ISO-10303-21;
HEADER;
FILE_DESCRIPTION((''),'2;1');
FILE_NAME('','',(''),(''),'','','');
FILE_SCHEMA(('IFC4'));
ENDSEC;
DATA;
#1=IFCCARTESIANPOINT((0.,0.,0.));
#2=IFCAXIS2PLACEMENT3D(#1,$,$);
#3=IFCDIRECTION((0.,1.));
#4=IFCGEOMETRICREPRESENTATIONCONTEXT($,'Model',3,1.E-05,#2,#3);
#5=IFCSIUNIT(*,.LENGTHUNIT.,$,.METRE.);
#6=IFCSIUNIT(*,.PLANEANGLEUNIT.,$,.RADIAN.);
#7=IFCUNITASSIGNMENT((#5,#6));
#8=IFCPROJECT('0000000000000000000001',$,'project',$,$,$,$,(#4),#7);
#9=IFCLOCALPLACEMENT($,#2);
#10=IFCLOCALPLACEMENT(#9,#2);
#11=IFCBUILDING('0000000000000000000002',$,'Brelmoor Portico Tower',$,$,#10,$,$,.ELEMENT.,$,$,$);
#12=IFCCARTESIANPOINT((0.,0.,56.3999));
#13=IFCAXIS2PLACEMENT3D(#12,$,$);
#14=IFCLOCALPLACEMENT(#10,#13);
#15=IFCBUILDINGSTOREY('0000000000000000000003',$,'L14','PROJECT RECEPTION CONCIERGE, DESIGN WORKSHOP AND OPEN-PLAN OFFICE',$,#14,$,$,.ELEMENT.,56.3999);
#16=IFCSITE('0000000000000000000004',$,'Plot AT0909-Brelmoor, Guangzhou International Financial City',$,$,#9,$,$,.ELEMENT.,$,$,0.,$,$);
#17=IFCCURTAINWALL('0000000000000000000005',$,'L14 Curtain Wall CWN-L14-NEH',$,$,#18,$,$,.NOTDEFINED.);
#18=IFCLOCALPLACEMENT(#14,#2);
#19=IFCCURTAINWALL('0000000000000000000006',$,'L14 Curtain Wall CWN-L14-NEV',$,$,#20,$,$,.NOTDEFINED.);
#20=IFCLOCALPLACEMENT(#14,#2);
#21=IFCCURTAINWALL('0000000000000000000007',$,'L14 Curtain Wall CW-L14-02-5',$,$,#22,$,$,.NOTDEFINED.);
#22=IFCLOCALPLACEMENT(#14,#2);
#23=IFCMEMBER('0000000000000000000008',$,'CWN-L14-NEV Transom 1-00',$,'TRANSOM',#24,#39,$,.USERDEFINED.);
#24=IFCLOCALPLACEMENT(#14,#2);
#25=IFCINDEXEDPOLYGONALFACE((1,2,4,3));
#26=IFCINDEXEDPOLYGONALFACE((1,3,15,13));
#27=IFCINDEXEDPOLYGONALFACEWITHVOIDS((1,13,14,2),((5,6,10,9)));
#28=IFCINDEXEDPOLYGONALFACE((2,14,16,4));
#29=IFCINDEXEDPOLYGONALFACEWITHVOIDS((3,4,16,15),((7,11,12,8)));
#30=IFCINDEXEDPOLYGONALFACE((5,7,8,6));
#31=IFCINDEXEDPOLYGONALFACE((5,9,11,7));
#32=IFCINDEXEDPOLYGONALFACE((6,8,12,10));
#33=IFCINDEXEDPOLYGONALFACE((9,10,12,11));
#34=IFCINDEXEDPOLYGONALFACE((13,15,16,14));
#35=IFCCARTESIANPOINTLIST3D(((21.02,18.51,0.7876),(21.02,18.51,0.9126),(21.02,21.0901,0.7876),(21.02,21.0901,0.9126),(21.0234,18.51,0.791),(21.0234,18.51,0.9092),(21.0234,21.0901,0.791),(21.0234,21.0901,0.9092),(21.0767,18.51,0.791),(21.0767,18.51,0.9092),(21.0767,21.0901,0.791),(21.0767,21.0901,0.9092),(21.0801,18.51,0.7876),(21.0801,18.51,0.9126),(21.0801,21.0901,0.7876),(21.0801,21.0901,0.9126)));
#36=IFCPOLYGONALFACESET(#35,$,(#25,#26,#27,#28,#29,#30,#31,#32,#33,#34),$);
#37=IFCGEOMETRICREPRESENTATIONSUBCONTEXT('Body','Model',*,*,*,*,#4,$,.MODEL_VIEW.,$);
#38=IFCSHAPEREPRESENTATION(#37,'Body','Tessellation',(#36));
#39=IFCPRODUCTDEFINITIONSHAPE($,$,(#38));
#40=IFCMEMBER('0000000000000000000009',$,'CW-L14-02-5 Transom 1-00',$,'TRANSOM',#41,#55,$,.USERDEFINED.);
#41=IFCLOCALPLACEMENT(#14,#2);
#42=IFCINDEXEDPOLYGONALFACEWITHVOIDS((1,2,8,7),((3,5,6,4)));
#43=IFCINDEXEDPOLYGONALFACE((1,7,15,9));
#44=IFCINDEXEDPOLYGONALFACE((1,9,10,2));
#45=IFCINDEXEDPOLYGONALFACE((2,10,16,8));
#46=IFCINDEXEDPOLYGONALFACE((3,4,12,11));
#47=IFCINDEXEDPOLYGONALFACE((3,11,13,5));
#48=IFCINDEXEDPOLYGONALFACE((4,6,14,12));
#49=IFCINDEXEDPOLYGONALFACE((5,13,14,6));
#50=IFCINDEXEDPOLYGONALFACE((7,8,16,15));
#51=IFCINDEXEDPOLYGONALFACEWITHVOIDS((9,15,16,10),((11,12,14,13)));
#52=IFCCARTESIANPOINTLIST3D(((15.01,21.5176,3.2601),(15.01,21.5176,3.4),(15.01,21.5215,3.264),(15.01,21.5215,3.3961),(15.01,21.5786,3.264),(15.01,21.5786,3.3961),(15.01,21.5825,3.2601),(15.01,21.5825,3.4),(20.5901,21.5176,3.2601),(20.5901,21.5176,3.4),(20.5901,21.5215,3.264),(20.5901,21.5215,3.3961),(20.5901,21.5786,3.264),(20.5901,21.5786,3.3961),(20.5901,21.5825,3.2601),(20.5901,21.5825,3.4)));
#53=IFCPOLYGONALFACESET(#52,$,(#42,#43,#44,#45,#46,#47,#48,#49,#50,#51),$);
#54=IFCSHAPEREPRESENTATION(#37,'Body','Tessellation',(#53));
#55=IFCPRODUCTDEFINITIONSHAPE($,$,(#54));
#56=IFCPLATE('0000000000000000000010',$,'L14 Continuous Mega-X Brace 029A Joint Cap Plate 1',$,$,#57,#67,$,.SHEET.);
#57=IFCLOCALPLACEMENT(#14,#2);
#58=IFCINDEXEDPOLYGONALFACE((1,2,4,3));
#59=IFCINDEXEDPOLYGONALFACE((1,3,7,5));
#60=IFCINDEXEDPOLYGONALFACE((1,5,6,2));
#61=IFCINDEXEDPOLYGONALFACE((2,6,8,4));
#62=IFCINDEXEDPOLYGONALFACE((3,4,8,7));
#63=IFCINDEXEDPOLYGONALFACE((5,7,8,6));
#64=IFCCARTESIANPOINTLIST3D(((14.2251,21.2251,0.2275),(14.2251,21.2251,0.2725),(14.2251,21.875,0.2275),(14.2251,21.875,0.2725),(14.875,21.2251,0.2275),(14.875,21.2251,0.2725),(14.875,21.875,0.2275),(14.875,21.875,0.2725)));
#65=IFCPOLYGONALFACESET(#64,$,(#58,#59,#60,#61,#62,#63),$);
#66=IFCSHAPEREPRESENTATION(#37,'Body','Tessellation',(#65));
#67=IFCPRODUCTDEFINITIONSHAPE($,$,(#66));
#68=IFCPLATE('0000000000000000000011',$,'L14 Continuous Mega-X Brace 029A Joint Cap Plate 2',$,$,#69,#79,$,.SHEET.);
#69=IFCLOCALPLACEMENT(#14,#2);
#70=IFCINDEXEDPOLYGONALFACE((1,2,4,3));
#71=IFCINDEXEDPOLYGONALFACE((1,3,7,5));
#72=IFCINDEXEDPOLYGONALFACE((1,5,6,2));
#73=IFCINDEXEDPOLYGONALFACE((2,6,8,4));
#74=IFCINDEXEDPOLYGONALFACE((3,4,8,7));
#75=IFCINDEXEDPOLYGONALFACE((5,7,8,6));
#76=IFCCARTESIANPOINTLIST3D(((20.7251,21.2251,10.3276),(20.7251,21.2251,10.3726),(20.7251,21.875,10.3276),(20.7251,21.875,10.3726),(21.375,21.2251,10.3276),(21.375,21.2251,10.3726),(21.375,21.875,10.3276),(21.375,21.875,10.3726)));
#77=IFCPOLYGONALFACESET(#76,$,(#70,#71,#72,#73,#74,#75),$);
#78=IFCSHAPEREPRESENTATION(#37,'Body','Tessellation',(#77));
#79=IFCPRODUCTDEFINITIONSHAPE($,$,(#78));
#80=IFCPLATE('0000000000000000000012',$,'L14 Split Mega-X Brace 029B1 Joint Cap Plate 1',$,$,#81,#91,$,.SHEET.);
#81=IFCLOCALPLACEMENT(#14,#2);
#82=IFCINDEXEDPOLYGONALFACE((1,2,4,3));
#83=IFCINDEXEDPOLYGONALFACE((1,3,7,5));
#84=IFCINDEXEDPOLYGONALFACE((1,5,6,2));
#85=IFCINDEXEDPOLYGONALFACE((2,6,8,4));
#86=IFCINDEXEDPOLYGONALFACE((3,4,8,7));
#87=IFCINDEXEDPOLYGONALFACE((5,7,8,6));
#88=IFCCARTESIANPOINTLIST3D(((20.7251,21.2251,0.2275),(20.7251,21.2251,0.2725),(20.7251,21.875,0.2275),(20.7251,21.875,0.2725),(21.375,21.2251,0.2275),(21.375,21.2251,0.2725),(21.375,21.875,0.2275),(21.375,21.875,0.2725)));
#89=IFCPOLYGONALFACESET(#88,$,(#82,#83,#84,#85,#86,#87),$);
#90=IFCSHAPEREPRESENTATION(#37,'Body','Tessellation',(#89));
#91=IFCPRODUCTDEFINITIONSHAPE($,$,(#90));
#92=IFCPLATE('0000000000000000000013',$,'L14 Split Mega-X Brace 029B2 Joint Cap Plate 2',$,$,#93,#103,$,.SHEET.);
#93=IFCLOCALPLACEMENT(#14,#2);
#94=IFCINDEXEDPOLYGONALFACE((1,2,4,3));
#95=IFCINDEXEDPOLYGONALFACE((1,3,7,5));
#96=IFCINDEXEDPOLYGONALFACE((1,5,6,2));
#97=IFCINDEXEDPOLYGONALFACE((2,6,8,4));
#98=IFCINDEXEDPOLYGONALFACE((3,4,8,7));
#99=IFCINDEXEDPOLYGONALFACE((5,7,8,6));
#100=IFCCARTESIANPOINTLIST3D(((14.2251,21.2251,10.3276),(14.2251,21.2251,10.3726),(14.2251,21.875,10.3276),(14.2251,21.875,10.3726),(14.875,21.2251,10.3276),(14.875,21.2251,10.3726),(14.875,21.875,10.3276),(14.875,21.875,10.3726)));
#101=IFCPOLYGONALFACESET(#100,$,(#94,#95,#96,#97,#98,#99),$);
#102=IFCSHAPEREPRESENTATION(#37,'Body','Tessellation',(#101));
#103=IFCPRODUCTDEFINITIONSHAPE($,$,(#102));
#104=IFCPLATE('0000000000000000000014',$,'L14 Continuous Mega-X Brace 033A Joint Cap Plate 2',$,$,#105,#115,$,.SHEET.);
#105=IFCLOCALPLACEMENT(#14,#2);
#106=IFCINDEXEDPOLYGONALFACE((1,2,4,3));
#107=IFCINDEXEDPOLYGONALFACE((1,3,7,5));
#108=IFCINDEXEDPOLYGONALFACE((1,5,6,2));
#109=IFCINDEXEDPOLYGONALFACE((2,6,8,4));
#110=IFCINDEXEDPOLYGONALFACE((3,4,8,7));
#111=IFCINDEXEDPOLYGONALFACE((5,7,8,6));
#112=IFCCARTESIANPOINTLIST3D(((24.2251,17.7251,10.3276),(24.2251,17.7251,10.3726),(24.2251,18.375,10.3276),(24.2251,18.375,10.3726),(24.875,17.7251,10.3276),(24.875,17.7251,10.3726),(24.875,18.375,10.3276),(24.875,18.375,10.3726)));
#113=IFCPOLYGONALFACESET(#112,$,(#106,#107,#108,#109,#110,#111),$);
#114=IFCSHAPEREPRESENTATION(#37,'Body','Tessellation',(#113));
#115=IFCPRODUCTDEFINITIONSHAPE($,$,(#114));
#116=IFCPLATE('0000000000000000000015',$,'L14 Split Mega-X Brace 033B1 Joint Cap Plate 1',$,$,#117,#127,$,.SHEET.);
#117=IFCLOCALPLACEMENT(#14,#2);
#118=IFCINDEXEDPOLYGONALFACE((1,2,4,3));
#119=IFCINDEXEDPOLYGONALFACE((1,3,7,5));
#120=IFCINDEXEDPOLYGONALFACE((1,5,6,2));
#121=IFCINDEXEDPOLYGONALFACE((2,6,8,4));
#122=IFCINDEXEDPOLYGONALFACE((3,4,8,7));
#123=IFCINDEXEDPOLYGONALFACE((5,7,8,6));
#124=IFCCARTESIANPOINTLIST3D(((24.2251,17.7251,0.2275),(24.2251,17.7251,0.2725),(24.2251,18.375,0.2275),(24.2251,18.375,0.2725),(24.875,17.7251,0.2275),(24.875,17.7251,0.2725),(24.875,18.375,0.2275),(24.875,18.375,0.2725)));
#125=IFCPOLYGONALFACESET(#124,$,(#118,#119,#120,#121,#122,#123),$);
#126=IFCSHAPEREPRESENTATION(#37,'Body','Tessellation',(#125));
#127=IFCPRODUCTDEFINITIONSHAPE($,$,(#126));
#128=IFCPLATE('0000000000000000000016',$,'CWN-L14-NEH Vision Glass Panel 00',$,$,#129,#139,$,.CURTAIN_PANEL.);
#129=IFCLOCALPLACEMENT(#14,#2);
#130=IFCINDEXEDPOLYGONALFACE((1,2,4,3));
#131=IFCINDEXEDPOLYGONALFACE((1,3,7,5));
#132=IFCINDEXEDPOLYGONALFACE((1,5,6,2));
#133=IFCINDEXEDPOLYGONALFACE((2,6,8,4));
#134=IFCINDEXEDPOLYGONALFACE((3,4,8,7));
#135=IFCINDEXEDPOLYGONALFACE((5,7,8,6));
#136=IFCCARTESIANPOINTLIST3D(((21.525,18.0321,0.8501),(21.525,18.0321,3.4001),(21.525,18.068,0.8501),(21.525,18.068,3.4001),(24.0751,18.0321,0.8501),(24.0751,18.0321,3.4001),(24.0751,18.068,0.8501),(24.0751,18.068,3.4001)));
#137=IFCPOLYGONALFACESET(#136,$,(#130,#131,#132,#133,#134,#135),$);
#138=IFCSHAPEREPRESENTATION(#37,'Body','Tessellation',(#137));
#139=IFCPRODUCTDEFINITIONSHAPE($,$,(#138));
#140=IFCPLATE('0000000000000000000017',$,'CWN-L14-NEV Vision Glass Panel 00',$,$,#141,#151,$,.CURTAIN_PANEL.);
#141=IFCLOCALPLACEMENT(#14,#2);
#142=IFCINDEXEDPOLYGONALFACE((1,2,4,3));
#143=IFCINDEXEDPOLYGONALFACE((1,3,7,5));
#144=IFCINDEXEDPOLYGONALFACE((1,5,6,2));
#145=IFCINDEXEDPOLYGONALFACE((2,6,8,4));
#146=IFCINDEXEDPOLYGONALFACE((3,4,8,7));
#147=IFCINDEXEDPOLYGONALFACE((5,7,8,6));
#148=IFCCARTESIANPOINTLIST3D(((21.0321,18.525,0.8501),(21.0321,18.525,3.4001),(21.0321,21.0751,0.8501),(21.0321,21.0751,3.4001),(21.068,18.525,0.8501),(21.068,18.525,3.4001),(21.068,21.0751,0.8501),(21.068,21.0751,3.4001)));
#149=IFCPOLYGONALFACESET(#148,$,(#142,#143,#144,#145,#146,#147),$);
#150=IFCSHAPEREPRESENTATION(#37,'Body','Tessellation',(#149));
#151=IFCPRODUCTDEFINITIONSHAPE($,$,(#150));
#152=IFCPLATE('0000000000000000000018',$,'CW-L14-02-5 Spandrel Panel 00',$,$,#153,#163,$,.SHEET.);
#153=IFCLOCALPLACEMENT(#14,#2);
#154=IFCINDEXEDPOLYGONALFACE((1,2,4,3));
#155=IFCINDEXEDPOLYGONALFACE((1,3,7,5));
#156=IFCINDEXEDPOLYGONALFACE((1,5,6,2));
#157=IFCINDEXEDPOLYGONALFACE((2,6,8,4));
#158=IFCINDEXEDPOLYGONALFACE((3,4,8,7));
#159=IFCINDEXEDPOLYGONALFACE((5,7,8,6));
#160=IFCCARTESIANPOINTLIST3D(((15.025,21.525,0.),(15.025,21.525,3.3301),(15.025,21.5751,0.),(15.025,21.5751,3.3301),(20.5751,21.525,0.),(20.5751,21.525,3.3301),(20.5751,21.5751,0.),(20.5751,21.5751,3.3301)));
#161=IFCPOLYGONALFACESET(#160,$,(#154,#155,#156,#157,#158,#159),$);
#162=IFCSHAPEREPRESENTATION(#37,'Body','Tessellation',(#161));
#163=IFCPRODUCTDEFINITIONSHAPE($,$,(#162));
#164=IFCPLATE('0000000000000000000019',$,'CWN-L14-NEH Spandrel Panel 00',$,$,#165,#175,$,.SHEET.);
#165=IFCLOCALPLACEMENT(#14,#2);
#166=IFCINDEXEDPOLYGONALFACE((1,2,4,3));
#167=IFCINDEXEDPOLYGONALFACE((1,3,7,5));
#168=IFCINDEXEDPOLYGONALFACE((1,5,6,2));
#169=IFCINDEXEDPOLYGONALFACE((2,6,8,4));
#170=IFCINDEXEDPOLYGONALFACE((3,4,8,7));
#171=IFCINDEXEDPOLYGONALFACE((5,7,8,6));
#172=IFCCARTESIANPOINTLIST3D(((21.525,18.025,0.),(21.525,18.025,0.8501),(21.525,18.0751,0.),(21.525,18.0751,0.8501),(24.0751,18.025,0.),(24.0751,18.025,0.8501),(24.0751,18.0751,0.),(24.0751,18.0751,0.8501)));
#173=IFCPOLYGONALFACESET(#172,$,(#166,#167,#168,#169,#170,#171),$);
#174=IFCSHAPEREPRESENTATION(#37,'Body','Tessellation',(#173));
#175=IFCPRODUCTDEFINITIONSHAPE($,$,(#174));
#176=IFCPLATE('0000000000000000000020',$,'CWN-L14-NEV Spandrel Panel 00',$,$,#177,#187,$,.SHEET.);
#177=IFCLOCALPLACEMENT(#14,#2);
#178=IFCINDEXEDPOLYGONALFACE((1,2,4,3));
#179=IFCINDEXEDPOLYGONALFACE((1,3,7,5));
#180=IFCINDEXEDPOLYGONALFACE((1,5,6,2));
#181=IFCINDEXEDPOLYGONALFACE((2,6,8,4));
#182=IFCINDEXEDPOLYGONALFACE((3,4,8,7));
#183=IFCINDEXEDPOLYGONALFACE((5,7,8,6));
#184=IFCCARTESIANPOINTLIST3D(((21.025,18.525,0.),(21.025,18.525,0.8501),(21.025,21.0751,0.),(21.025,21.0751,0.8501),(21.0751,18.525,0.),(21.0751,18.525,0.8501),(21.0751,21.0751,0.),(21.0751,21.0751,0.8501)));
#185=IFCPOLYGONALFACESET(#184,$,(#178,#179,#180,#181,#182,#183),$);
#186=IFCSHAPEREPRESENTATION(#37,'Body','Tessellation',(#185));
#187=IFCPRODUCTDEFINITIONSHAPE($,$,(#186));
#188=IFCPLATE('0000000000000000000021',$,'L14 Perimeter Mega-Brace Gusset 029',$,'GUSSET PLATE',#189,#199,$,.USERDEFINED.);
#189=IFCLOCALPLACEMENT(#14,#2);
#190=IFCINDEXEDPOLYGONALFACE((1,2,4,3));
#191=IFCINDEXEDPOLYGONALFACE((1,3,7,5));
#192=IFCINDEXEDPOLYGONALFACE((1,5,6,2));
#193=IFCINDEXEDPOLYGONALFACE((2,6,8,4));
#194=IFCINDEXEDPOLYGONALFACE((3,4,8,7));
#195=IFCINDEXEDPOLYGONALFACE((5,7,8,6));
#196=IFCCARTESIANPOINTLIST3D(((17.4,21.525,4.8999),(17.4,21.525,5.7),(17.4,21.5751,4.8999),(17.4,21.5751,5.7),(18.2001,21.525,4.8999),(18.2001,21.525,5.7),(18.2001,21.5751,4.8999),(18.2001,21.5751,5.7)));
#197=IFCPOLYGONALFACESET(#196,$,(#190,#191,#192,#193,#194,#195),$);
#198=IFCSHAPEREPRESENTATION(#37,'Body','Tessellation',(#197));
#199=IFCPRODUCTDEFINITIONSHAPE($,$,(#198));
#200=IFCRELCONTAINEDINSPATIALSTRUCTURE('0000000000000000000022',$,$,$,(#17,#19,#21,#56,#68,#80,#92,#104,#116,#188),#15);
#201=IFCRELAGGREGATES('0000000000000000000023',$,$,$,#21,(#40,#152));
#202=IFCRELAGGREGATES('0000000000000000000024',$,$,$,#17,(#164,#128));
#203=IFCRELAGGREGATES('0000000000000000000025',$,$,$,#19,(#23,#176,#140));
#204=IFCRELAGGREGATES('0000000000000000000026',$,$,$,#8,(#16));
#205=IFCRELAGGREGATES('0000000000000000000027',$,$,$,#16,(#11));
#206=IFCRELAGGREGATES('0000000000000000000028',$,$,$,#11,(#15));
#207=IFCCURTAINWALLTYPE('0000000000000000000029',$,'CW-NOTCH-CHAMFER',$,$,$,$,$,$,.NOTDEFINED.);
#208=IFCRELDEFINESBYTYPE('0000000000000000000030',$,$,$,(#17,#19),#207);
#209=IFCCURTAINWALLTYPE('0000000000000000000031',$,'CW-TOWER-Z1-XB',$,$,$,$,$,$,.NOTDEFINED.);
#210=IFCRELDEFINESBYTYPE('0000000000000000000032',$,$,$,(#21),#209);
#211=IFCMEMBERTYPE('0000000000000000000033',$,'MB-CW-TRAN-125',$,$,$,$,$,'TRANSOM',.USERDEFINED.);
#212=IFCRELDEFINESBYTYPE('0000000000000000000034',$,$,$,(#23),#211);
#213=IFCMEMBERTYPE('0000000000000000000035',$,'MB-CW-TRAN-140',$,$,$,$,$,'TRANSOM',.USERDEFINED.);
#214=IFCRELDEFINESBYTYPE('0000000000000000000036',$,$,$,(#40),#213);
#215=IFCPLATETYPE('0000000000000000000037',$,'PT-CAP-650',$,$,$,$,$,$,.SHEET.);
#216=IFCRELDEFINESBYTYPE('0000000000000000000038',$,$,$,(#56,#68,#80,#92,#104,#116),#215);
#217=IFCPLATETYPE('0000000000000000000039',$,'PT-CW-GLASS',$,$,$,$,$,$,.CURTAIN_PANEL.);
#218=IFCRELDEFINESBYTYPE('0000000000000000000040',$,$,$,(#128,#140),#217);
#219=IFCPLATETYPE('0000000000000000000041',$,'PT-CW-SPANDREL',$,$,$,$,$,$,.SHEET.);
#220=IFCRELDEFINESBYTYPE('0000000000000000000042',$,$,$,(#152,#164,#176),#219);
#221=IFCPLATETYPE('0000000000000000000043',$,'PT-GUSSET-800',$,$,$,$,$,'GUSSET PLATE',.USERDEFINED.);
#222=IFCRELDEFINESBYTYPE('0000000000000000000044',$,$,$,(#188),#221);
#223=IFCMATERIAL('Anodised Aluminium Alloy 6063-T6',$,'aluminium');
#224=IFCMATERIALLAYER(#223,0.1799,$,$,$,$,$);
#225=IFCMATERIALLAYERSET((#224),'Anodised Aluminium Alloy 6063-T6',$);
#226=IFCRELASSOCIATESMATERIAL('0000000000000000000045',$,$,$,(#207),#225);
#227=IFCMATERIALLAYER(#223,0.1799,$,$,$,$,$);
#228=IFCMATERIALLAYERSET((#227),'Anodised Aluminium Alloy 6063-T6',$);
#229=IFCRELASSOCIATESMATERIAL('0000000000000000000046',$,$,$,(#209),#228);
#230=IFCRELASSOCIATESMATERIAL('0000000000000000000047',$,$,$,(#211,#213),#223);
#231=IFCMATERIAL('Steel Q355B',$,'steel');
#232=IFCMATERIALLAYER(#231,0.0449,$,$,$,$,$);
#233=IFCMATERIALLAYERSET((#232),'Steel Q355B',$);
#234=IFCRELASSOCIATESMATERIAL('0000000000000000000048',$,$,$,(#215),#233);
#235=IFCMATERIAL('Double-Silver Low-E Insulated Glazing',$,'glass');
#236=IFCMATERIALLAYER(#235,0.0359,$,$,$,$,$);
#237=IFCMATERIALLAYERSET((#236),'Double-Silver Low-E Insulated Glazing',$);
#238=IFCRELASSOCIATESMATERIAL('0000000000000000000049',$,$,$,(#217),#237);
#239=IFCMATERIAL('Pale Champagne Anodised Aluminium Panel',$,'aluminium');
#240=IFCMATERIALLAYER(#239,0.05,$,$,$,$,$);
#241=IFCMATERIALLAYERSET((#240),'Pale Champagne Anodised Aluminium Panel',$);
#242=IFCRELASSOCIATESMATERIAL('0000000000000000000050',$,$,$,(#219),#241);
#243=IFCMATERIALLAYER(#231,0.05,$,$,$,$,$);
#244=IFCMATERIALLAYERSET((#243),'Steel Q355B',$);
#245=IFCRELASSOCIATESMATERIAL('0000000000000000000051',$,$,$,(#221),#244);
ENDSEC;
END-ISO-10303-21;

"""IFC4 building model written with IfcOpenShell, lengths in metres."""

from ifc_helpers import new_model, si_unit, direction, frame, origin, origin_2d, place, context, subcontext, project, spatial, rectangle, hollow_rectangle, extrude, material, layer, layer_set, material_profile, profile_set, type_object, element, aggregate, save


model = new_model("IFC4")

# Units and contexts
model_context = context("Model", 3, precision=1e-05, world=origin(), true_north=direction((0.0, 1.0)))
body_context = subcontext(model_context, "Body", "Model", "MODEL_VIEW")
ifc_project = project(units=[si_unit("LENGTHUNIT", "METRE"), si_unit("PLANEANGLEUNIT", "RADIAN")], contexts=[model_context])

# Site, building, storey
site_placement = place(None, origin())
site = spatial("IfcSite", under=ifc_project, at=site_placement, Name="Plot AT0909-Brelmoor, Guangzhou International Financial City", CompositionType="ELEMENT", RefElevation=0.0)
building_placement = place(site_placement, origin())
building = spatial("IfcBuilding", under=site, at=building_placement, Name="Brelmoor Portico Tower", CompositionType="ELEMENT")
storey_placement = place(building_placement, frame((0.0, 0.0, 56.3999)))
storey = spatial("IfcBuildingStorey", under=building, at=storey_placement, Name="L14", Description="PROJECT RECEPTION CONCIERGE, DESIGN WORKSHOP AND OPEN-PLAN OFFICE", CompositionType="ELEMENT", Elevation=56.3999)

# Shared definitions
ifc_material_1 = material(Name="Steel Q355B", Category="steel")

# Curtain walls
ifc_material_2 = material(Name="Anodised Aluminium Alloy 6063-T6", Category="aluminium")
ifc_layer_1 = layer(ifc_material_2, 0.1799)
ifc_layer_set_1 = layer_set([ifc_layer_1], Name="Anodised Aluminium Alloy 6063-T6")
curtain_wall_type_1 = type_object("IfcCurtainWallType", Name="CW-NOTCH-CHAMFER", PredefinedType="NOTDEFINED", material=ifc_layer_set_1)
curtain_wall_1_placement = place(storey_placement, origin())
curtain_wall_1 = element("IfcCurtainWall", 1, at=curtain_wall_1_placement, inside=storey, type_object=curtain_wall_type_1, Name="L14 Curtain Wall CWN-L14-NEH", PredefinedType="NOTDEFINED")
curtain_wall_2_placement = place(storey_placement, origin())
curtain_wall_2 = element("IfcCurtainWall", 2, at=curtain_wall_2_placement, inside=storey, type_object=curtain_wall_type_1, Name="L14 Curtain Wall CWN-L14-NEV", PredefinedType="NOTDEFINED")
ifc_layer_2 = layer(ifc_material_2, 0.1799)
ifc_layer_set_2 = layer_set([ifc_layer_2], Name="Anodised Aluminium Alloy 6063-T6")
curtain_wall_type_2 = type_object("IfcCurtainWallType", Name="CW-TOWER-Z1-XB", PredefinedType="NOTDEFINED", material=ifc_layer_set_2)
curtain_wall_3_placement = place(storey_placement, origin())
curtain_wall_3 = element("IfcCurtainWall", 3, at=curtain_wall_3_placement, inside=storey, type_object=curtain_wall_type_2, Name="L14 Curtain Wall CW-L14-02-5", PredefinedType="NOTDEFINED")

# Members
ifc_material_profile_1 = material_profile(ifc_material_2, hollow_rectangle(XDim=0.0601, YDim=0.125, WallThickness=0.0034, at=origin_2d()), Name="ALU TRANSOM 60x125")
ifc_profile_set_1 = profile_set([ifc_material_profile_1], Name="Anodised Aluminium Alloy 6063-T6")
member_type_1 = type_object("IfcMemberType", Name="MB-CW-TRAN-125", ElementType="TRANSOM", PredefinedType="USERDEFINED", material=ifc_profile_set_1)
member_1_placement = place(storey_placement, frame((21.05, 18.51, 0.8501), z_axis=(0.0, 1.0, 0.0), x_axis=(-1.0, 0.0, 0.0)))
member_1 = element("IfcMember", 4, at=member_1_placement, type_object=member_type_1, Name="CWN-L14-NEV Transom 1-00", ObjectType="TRANSOM", PredefinedType="USERDEFINED", context=body_context, shape_type="SweptSolid", body=[
    extrude(hollow_rectangle(XDim=0.0601, YDim=0.125, WallThickness=0.0034, at=origin_2d()), origin(), (0.0, 0.0, 1.0), 2.5801),
])
ifc_material_profile_2 = material_profile(ifc_material_2, hollow_rectangle(XDim=0.0649, YDim=0.1399, WallThickness=0.0039, at=origin_2d()), Name="ALU TRANSOM 65x140")
ifc_profile_set_2 = profile_set([ifc_material_profile_2], Name="Anodised Aluminium Alloy 6063-T6")
member_type_2 = type_object("IfcMemberType", Name="MB-CW-TRAN-140", ElementType="TRANSOM", PredefinedType="USERDEFINED", material=ifc_profile_set_2)
member_2_placement = place(storey_placement, frame((15.01, 21.55, 3.3301), z_axis=(1.0, 0.0, 0.0), x_axis=(0.0, 1.0, 0.0)))
member_2 = element("IfcMember", 5, at=member_2_placement, type_object=member_type_2, Name="CW-L14-02-5 Transom 1-00", ObjectType="TRANSOM", PredefinedType="USERDEFINED", context=body_context, shape_type="SweptSolid", body=[
    extrude(hollow_rectangle(XDim=0.0649, YDim=0.1399, WallThickness=0.0039, at=origin_2d()), origin(), (0.0, 0.0, 1.0), 5.5801),
])

# Plates
ifc_layer_3 = layer(ifc_material_1, 0.0449)
ifc_layer_set_3 = layer_set([ifc_layer_3], Name="Steel Q355B")
plate_type_1 = type_object("IfcPlateType", Name="PT-CAP-650", PredefinedType="SHEET", material=ifc_layer_set_3)
for number, where, z_axis, x_axis, name in (
    (6, (14.55, 21.55, 0.2275), (0.0, 0.0, 1.0), (1.0, 0.0, 0.0), "L14 Continuous Mega-X Brace 029A Joint Cap Plate 1"),
    (7, (21.05, 21.55, 10.3276), (0.0, 0.0, 1.0), (1.0, 0.0, 0.0), "L14 Continuous Mega-X Brace 029A Joint Cap Plate 2"),
    (8, (21.05, 21.55, 0.2275), (0.0, 0.0, 1.0), (1.0, 0.0, 0.0), "L14 Split Mega-X Brace 029B1 Joint Cap Plate 1"),
    (9, (14.55, 21.55, 10.3276), (0.0, 0.0, 1.0), (1.0, 0.0, 0.0), "L14 Split Mega-X Brace 029B2 Joint Cap Plate 2"),
    (10, (24.55, 18.05, 10.3276), (0.0, 0.0, 1.0), (1.0, 0.0, 0.0), "L14 Continuous Mega-X Brace 033A Joint Cap Plate 2"),
    (11, (24.55, 18.05, 0.2275), (0.0, 0.0, 1.0), (1.0, 0.0, 0.0), "L14 Split Mega-X Brace 033B1 Joint Cap Plate 1"),
):
    element("IfcPlate", number, at=place(storey_placement, frame(where, z_axis=z_axis, x_axis=x_axis)), inside=storey, type_object=plate_type_1, Name=name, PredefinedType="SHEET", context=body_context, shape_type="SweptSolid", body=[
        extrude(rectangle(XDim=0.6499, YDim=0.6499, at=origin_2d()), origin(), (0.0, 0.0, 1.0), 0.0449),
    ])

# Plates
ifc_material_3 = material(Name="Double-Silver Low-E Insulated Glazing", Category="glass")
ifc_layer_4 = layer(ifc_material_3, 0.0359)
ifc_layer_set_4 = layer_set([ifc_layer_4], Name="Double-Silver Low-E Insulated Glazing")
plate_type_2 = type_object("IfcPlateType", Name="PT-CW-GLASS", PredefinedType="CURTAIN_PANEL", material=ifc_layer_set_4)
plate_1_placement = place(storey_placement, frame((22.8, 18.05, 0.8501), z_axis=(0.0, 0.0, 1.0), x_axis=(1.0, 0.0, 0.0)))
plate_1 = element("IfcPlate", 12, at=plate_1_placement, type_object=plate_type_2, Name="CWN-L14-NEH Vision Glass Panel 00", PredefinedType="CURTAIN_PANEL", context=body_context, shape_type="SweptSolid", body=[
    extrude(rectangle(XDim=2.55, YDim=0.0359, at=origin_2d()), origin(), (0.0, 0.0, 1.0), 2.55),
])
plate_2_placement = place(storey_placement, frame((21.05, 19.8, 0.8501), z_axis=(0.0, 0.0, 1.0), x_axis=(0.0, 1.0, 0.0)))
plate_2 = element("IfcPlate", 13, at=plate_2_placement, type_object=plate_type_2, Name="CWN-L14-NEV Vision Glass Panel 00", PredefinedType="CURTAIN_PANEL", context=body_context, shape_type="SweptSolid", body=[
    extrude(rectangle(XDim=2.55, YDim=0.0359, at=origin_2d()), origin(), (0.0, 0.0, 1.0), 2.55),
])
ifc_material_4 = material(Name="Pale Champagne Anodised Aluminium Panel", Category="aluminium")
ifc_layer_5 = layer(ifc_material_4, 0.05)
ifc_layer_set_5 = layer_set([ifc_layer_5], Name="Pale Champagne Anodised Aluminium Panel")
plate_type_3 = type_object("IfcPlateType", Name="PT-CW-SPANDREL", PredefinedType="SHEET", material=ifc_layer_set_5)
plate_3_placement = place(storey_placement, frame((17.8, 21.55, 0.0), z_axis=(0.0, 0.0, 1.0), x_axis=(1.0, 0.0, 0.0)))
plate_3 = element("IfcPlate", 14, at=plate_3_placement, type_object=plate_type_3, Name="CW-L14-02-5 Spandrel Panel 00", PredefinedType="SHEET", context=body_context, shape_type="SweptSolid", body=[
    extrude(rectangle(XDim=5.55, YDim=0.05, at=origin_2d()), origin(), (0.0, 0.0, 1.0), 3.3301),
])
aggregate(curtain_wall_3, [member_2, plate_3])
plate_4_placement = place(storey_placement, frame((22.8, 18.05, 0.0), z_axis=(0.0, 0.0, 1.0), x_axis=(1.0, 0.0, 0.0)))
plate_4 = element("IfcPlate", 15, at=plate_4_placement, type_object=plate_type_3, Name="CWN-L14-NEH Spandrel Panel 00", PredefinedType="SHEET", context=body_context, shape_type="SweptSolid", body=[
    extrude(rectangle(XDim=2.55, YDim=0.05, at=origin_2d()), origin(), (0.0, 0.0, 1.0), 0.8501),
])
aggregate(curtain_wall_1, [plate_4, plate_1])
plate_5_placement = place(storey_placement, frame((21.05, 19.8, 0.0), z_axis=(0.0, 0.0, 1.0), x_axis=(0.0, 1.0, 0.0)))
plate_5 = element("IfcPlate", 16, at=plate_5_placement, type_object=plate_type_3, Name="CWN-L14-NEV Spandrel Panel 00", PredefinedType="SHEET", context=body_context, shape_type="SweptSolid", body=[
    extrude(rectangle(XDim=2.55, YDim=0.05, at=origin_2d()), origin(), (0.0, 0.0, 1.0), 0.8501),
])
aggregate(curtain_wall_2, [member_1, plate_5, plate_2])

# Plate
ifc_layer_6 = layer(ifc_material_1, 0.05)
ifc_layer_set_6 = layer_set([ifc_layer_6], Name="Steel Q355B")
plate_type_4 = type_object("IfcPlateType", Name="PT-GUSSET-800", ElementType="GUSSET PLATE", PredefinedType="USERDEFINED", material=ifc_layer_set_6)
plate_6_placement = place(storey_placement, frame((17.8, 21.55, 4.8999), z_axis=(0.0, 0.0, 1.0), x_axis=(1.0, 0.0, 0.0)))
element("IfcPlate", 17, at=plate_6_placement, inside=storey, type_object=plate_type_4, Name="L14 Perimeter Mega-Brace Gusset 029", ObjectType="GUSSET PLATE", PredefinedType="USERDEFINED", context=body_context, shape_type="SweptSolid", body=[
    extrude(rectangle(XDim=0.8, YDim=0.05, at=origin_2d()), origin(), (0.0, 0.0, 1.0), 0.8),
])

save(model, "model.ifc")
